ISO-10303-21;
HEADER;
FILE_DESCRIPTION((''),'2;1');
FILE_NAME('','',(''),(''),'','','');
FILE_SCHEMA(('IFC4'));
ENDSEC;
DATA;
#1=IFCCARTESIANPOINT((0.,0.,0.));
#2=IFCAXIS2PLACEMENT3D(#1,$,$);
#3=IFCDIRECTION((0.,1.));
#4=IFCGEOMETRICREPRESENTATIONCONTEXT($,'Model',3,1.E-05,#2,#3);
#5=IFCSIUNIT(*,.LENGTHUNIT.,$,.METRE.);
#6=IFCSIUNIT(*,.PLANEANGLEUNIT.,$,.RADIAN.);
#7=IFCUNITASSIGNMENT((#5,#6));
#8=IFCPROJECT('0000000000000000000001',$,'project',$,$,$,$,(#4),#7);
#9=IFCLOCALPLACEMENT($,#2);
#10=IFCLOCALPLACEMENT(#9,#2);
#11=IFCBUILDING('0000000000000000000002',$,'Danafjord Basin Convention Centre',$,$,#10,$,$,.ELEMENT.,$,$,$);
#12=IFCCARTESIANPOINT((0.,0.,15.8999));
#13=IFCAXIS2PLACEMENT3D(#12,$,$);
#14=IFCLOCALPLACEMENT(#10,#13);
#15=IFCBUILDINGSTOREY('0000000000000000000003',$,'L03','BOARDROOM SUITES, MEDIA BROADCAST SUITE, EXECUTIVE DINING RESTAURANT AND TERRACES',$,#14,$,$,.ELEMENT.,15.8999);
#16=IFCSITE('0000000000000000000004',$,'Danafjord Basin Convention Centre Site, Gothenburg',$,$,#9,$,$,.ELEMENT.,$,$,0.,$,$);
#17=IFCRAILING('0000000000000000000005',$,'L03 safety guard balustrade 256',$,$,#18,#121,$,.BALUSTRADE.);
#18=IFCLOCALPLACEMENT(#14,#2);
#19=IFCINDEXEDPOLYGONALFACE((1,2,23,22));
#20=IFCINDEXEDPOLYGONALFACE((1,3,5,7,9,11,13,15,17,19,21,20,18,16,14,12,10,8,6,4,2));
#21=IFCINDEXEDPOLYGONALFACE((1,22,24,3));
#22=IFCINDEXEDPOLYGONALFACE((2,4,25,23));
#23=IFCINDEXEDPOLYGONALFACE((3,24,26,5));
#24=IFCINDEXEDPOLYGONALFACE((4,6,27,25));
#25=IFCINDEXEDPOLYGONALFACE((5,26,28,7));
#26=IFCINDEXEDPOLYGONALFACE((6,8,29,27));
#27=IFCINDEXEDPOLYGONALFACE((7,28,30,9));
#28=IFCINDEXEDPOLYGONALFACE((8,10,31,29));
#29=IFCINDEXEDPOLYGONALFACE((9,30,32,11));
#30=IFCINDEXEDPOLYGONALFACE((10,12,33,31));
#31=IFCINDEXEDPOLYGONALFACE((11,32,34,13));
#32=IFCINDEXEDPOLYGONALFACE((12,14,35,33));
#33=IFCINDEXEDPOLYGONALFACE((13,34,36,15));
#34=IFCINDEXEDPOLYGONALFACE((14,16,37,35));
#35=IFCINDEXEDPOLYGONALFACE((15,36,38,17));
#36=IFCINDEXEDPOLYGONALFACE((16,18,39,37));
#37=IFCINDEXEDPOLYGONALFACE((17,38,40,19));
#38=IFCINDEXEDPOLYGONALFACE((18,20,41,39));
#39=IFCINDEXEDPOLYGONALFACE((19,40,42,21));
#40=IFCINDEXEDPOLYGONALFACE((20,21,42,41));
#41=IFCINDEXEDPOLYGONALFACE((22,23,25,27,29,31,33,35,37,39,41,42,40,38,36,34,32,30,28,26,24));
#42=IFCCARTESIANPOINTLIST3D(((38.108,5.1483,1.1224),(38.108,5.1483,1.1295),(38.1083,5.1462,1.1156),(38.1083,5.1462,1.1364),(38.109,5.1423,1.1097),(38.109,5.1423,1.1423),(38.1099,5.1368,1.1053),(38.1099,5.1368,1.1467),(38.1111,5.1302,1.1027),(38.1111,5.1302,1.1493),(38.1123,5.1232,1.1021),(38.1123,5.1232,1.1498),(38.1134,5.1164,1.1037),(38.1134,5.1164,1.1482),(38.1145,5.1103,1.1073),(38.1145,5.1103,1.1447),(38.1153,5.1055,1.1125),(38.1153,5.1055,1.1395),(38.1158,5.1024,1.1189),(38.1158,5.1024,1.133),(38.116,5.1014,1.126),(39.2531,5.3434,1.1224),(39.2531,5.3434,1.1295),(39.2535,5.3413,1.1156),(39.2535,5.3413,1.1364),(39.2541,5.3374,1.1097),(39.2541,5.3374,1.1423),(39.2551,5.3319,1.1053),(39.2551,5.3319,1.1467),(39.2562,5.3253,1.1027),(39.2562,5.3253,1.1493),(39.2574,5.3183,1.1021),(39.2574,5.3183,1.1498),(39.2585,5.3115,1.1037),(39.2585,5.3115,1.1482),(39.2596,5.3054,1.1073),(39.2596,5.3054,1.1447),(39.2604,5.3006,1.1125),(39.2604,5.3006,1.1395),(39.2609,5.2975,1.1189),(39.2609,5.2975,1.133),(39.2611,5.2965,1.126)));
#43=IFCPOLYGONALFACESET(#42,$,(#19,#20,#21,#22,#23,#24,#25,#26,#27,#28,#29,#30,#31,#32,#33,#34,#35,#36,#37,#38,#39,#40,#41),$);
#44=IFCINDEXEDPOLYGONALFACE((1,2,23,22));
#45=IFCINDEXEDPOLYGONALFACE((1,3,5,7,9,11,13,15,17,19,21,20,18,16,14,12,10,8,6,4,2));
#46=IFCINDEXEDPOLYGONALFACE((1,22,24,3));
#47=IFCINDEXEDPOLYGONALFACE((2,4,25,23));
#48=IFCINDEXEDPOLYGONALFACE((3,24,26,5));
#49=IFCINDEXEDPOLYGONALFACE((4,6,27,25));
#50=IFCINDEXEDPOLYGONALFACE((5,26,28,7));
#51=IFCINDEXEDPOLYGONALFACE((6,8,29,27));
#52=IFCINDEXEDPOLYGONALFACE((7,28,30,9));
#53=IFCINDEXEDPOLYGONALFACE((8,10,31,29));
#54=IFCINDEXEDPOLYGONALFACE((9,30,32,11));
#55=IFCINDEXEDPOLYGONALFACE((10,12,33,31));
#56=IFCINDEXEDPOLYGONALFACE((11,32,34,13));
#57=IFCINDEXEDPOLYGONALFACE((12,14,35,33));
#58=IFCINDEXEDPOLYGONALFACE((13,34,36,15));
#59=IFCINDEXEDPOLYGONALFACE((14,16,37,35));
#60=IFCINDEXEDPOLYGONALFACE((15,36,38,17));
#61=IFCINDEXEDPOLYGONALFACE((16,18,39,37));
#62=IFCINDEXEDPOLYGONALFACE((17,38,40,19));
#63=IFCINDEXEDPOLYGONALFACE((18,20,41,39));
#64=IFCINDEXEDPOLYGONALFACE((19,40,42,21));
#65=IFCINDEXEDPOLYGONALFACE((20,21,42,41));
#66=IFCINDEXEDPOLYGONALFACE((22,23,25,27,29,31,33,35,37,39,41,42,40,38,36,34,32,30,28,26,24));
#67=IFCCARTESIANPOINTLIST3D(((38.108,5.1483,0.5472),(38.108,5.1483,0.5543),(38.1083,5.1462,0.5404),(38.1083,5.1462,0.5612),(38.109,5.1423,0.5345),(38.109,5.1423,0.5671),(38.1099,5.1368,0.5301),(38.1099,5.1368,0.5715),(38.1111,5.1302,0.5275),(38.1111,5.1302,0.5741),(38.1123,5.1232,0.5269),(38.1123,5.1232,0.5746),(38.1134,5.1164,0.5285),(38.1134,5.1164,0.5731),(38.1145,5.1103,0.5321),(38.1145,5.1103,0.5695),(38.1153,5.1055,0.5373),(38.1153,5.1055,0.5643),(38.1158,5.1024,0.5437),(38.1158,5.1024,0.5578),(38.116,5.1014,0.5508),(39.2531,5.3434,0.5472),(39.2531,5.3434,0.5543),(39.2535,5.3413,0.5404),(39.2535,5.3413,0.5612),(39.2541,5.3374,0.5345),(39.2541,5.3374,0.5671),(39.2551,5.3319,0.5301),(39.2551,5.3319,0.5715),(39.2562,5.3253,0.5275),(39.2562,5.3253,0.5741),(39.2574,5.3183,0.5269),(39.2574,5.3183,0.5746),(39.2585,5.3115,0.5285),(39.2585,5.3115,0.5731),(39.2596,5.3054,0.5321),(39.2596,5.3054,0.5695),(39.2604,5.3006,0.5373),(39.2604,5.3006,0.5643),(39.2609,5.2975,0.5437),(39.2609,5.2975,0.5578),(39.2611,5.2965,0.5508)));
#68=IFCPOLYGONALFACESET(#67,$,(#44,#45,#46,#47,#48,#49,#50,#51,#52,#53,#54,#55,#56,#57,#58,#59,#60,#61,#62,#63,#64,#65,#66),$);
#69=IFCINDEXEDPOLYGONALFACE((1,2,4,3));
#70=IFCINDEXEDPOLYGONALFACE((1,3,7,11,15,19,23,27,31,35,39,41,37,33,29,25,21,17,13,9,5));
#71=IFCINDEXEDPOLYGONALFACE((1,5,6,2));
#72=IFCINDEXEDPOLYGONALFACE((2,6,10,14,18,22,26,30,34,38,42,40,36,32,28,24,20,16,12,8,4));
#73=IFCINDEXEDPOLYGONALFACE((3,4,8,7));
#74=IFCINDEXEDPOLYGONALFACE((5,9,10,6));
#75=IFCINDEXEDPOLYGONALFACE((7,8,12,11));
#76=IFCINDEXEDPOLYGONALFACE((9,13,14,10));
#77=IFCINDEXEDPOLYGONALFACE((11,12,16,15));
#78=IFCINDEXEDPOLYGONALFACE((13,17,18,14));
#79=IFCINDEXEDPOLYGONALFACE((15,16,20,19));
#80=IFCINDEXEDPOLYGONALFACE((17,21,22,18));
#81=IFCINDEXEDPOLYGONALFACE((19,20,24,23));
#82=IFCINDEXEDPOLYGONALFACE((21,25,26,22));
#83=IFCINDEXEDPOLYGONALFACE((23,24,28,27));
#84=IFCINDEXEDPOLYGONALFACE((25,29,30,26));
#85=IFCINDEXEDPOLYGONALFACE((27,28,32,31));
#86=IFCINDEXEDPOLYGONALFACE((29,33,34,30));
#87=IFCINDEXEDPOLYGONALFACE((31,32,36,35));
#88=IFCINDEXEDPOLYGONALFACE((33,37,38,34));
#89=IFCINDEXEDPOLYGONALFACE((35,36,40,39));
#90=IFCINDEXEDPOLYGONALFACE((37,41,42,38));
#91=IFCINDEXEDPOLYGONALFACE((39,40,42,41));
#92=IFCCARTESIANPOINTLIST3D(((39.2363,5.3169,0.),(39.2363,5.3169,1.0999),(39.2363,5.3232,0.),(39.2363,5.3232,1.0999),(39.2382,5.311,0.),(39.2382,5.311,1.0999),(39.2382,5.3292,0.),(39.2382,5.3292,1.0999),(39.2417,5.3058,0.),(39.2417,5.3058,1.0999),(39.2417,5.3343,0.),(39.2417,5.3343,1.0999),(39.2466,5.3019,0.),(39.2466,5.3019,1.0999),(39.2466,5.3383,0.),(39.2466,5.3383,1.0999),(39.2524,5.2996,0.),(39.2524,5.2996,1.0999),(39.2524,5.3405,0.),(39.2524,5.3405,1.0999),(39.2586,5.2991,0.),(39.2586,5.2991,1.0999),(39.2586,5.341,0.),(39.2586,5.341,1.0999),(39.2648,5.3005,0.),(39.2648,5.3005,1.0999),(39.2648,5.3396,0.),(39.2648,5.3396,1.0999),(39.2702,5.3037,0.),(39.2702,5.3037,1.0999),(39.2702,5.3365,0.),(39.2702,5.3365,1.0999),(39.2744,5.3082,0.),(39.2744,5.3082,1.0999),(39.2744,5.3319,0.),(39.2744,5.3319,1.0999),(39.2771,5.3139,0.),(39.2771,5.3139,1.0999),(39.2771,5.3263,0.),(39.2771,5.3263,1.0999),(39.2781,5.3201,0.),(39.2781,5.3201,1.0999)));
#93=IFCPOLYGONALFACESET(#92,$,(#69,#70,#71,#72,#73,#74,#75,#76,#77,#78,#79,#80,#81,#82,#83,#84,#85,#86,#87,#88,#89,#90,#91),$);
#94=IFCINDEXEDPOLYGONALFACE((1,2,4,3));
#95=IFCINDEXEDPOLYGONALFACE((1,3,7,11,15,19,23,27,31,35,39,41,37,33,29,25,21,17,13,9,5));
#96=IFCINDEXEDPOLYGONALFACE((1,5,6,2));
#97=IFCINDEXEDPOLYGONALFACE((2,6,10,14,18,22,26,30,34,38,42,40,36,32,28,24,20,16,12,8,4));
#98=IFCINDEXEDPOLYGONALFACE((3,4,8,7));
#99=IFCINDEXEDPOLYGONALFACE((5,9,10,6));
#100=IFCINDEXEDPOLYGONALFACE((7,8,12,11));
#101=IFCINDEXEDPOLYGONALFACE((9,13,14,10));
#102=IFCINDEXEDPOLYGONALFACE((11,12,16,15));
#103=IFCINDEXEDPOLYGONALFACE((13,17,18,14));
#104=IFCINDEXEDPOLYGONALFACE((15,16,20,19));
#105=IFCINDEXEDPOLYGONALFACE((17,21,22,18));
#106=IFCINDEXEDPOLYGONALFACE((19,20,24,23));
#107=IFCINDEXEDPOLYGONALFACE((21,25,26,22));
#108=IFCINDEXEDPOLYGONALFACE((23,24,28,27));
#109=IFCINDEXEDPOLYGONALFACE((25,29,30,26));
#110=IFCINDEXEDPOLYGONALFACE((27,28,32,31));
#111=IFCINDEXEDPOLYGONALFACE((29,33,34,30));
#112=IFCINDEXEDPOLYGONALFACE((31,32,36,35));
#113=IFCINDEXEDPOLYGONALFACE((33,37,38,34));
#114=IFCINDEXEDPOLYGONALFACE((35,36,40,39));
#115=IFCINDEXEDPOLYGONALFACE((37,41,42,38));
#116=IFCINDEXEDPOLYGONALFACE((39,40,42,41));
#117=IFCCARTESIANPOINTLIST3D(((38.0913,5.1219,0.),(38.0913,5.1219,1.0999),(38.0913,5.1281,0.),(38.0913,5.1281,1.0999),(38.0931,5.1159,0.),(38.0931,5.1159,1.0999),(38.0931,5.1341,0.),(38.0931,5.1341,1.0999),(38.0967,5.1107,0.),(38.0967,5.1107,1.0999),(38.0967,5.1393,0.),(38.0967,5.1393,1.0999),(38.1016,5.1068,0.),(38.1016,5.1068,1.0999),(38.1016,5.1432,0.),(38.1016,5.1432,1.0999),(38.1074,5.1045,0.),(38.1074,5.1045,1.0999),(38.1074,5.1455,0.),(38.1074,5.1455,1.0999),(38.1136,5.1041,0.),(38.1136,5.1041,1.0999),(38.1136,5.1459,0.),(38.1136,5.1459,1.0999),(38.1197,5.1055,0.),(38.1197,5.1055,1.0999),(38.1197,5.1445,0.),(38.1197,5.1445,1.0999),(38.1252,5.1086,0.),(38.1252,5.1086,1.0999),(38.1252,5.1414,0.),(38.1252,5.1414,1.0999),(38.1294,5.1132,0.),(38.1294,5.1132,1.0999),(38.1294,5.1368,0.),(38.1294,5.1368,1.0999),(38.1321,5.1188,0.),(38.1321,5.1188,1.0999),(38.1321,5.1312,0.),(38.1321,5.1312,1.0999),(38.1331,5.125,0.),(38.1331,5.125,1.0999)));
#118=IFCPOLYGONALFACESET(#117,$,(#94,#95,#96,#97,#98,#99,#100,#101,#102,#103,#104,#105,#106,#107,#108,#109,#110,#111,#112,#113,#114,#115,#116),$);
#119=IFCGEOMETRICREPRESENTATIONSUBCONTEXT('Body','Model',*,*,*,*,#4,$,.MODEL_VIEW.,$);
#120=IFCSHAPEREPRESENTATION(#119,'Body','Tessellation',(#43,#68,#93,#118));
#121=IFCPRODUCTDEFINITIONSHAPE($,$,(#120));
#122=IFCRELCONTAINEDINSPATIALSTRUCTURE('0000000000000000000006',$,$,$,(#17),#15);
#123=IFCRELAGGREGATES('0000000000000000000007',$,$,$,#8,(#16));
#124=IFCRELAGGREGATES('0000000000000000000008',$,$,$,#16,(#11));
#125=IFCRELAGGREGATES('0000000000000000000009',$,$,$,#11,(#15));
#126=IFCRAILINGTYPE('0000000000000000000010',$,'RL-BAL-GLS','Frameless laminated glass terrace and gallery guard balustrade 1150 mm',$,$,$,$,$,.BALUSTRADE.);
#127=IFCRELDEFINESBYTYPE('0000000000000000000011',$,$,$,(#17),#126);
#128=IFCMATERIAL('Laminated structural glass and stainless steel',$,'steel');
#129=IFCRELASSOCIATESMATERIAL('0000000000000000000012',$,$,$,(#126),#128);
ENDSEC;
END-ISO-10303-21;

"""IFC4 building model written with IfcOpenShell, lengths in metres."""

from ifc_helpers import new_model, si_unit, direction, frame, origin, origin_2d, place, context, subcontext, project, spatial, circle, extrude, material, type_object, element, save


model = new_model("IFC4")

# Units and contexts
model_context = context("Model", 3, precision=1e-05, world=origin(), true_north=direction((0.0, 1.0)))
body_context = subcontext(model_context, "Body", "Model", "MODEL_VIEW")
ifc_project = project(units=[si_unit("LENGTHUNIT", "METRE"), si_unit("PLANEANGLEUNIT", "RADIAN")], contexts=[model_context])

# Site, building, storey
site_placement = place(None, origin())
site = spatial("IfcSite", under=ifc_project, at=site_placement, Name="Danafjord Basin Convention Centre Site, Gothenburg", CompositionType="ELEMENT", RefElevation=0.0)
building_placement = place(site_placement, origin())
building = spatial("IfcBuilding", under=site, at=building_placement, Name="Danafjord Basin Convention Centre", CompositionType="ELEMENT")
storey_placement = place(building_placement, frame((0.0, 0.0, 15.8999)))
storey = spatial("IfcBuildingStorey", under=building, at=storey_placement, Name="L03", Description="BOARDROOM SUITES, MEDIA BROADCAST SUITE, EXECUTIVE DINING RESTAURANT AND TERRACES", CompositionType="ELEMENT", Elevation=15.8999)

# Railing
ifc_material_1 = material(Name="Laminated structural glass and stainless steel", Category="steel")
railing_type_1 = type_object("IfcRailingType", Name="RL-BAL-GLS", Description="Frameless laminated glass terrace and gallery guard balustrade 1150 mm", PredefinedType="BALUSTRADE", material=ifc_material_1)
railing_1_placement = place(storey_placement, frame((39.2571, 5.3201, 0.0)))
element("IfcRailing", 1, at=railing_1_placement, inside=storey, type_object=railing_type_1, Name="L03 safety guard balustrade 256", PredefinedType="BALUSTRADE", context=body_context, shape_type="SweptSolid", body=[
    extrude(circle(Radius=0.0239, at=origin_2d()), frame((0.0, 0.0, 1.126), z_axis=(-0.985797, -0.167943, 0.0), x_axis=(0.167943, -0.985797, 0.0)), (0.0, 0.0, 1.0), 1.1616),
    extrude(circle(Radius=0.0239, at=origin_2d()), frame((0.0, 0.0, 0.5508), z_axis=(-0.985797, -0.167943, 0.0), x_axis=(0.167943, -0.985797, 0.0)), (0.0, 0.0, 1.0), 1.1616),
    extrude(circle(Radius=0.021, at=origin_2d()), origin(), (0.0, 0.0, 1.0), 1.0999),
    extrude(circle(Radius=0.021, at=origin_2d()), frame((-1.145, -0.1951, 0.0)), (0.0, 0.0, 1.0), 1.0999),
])

save(model, "model.ifc")
